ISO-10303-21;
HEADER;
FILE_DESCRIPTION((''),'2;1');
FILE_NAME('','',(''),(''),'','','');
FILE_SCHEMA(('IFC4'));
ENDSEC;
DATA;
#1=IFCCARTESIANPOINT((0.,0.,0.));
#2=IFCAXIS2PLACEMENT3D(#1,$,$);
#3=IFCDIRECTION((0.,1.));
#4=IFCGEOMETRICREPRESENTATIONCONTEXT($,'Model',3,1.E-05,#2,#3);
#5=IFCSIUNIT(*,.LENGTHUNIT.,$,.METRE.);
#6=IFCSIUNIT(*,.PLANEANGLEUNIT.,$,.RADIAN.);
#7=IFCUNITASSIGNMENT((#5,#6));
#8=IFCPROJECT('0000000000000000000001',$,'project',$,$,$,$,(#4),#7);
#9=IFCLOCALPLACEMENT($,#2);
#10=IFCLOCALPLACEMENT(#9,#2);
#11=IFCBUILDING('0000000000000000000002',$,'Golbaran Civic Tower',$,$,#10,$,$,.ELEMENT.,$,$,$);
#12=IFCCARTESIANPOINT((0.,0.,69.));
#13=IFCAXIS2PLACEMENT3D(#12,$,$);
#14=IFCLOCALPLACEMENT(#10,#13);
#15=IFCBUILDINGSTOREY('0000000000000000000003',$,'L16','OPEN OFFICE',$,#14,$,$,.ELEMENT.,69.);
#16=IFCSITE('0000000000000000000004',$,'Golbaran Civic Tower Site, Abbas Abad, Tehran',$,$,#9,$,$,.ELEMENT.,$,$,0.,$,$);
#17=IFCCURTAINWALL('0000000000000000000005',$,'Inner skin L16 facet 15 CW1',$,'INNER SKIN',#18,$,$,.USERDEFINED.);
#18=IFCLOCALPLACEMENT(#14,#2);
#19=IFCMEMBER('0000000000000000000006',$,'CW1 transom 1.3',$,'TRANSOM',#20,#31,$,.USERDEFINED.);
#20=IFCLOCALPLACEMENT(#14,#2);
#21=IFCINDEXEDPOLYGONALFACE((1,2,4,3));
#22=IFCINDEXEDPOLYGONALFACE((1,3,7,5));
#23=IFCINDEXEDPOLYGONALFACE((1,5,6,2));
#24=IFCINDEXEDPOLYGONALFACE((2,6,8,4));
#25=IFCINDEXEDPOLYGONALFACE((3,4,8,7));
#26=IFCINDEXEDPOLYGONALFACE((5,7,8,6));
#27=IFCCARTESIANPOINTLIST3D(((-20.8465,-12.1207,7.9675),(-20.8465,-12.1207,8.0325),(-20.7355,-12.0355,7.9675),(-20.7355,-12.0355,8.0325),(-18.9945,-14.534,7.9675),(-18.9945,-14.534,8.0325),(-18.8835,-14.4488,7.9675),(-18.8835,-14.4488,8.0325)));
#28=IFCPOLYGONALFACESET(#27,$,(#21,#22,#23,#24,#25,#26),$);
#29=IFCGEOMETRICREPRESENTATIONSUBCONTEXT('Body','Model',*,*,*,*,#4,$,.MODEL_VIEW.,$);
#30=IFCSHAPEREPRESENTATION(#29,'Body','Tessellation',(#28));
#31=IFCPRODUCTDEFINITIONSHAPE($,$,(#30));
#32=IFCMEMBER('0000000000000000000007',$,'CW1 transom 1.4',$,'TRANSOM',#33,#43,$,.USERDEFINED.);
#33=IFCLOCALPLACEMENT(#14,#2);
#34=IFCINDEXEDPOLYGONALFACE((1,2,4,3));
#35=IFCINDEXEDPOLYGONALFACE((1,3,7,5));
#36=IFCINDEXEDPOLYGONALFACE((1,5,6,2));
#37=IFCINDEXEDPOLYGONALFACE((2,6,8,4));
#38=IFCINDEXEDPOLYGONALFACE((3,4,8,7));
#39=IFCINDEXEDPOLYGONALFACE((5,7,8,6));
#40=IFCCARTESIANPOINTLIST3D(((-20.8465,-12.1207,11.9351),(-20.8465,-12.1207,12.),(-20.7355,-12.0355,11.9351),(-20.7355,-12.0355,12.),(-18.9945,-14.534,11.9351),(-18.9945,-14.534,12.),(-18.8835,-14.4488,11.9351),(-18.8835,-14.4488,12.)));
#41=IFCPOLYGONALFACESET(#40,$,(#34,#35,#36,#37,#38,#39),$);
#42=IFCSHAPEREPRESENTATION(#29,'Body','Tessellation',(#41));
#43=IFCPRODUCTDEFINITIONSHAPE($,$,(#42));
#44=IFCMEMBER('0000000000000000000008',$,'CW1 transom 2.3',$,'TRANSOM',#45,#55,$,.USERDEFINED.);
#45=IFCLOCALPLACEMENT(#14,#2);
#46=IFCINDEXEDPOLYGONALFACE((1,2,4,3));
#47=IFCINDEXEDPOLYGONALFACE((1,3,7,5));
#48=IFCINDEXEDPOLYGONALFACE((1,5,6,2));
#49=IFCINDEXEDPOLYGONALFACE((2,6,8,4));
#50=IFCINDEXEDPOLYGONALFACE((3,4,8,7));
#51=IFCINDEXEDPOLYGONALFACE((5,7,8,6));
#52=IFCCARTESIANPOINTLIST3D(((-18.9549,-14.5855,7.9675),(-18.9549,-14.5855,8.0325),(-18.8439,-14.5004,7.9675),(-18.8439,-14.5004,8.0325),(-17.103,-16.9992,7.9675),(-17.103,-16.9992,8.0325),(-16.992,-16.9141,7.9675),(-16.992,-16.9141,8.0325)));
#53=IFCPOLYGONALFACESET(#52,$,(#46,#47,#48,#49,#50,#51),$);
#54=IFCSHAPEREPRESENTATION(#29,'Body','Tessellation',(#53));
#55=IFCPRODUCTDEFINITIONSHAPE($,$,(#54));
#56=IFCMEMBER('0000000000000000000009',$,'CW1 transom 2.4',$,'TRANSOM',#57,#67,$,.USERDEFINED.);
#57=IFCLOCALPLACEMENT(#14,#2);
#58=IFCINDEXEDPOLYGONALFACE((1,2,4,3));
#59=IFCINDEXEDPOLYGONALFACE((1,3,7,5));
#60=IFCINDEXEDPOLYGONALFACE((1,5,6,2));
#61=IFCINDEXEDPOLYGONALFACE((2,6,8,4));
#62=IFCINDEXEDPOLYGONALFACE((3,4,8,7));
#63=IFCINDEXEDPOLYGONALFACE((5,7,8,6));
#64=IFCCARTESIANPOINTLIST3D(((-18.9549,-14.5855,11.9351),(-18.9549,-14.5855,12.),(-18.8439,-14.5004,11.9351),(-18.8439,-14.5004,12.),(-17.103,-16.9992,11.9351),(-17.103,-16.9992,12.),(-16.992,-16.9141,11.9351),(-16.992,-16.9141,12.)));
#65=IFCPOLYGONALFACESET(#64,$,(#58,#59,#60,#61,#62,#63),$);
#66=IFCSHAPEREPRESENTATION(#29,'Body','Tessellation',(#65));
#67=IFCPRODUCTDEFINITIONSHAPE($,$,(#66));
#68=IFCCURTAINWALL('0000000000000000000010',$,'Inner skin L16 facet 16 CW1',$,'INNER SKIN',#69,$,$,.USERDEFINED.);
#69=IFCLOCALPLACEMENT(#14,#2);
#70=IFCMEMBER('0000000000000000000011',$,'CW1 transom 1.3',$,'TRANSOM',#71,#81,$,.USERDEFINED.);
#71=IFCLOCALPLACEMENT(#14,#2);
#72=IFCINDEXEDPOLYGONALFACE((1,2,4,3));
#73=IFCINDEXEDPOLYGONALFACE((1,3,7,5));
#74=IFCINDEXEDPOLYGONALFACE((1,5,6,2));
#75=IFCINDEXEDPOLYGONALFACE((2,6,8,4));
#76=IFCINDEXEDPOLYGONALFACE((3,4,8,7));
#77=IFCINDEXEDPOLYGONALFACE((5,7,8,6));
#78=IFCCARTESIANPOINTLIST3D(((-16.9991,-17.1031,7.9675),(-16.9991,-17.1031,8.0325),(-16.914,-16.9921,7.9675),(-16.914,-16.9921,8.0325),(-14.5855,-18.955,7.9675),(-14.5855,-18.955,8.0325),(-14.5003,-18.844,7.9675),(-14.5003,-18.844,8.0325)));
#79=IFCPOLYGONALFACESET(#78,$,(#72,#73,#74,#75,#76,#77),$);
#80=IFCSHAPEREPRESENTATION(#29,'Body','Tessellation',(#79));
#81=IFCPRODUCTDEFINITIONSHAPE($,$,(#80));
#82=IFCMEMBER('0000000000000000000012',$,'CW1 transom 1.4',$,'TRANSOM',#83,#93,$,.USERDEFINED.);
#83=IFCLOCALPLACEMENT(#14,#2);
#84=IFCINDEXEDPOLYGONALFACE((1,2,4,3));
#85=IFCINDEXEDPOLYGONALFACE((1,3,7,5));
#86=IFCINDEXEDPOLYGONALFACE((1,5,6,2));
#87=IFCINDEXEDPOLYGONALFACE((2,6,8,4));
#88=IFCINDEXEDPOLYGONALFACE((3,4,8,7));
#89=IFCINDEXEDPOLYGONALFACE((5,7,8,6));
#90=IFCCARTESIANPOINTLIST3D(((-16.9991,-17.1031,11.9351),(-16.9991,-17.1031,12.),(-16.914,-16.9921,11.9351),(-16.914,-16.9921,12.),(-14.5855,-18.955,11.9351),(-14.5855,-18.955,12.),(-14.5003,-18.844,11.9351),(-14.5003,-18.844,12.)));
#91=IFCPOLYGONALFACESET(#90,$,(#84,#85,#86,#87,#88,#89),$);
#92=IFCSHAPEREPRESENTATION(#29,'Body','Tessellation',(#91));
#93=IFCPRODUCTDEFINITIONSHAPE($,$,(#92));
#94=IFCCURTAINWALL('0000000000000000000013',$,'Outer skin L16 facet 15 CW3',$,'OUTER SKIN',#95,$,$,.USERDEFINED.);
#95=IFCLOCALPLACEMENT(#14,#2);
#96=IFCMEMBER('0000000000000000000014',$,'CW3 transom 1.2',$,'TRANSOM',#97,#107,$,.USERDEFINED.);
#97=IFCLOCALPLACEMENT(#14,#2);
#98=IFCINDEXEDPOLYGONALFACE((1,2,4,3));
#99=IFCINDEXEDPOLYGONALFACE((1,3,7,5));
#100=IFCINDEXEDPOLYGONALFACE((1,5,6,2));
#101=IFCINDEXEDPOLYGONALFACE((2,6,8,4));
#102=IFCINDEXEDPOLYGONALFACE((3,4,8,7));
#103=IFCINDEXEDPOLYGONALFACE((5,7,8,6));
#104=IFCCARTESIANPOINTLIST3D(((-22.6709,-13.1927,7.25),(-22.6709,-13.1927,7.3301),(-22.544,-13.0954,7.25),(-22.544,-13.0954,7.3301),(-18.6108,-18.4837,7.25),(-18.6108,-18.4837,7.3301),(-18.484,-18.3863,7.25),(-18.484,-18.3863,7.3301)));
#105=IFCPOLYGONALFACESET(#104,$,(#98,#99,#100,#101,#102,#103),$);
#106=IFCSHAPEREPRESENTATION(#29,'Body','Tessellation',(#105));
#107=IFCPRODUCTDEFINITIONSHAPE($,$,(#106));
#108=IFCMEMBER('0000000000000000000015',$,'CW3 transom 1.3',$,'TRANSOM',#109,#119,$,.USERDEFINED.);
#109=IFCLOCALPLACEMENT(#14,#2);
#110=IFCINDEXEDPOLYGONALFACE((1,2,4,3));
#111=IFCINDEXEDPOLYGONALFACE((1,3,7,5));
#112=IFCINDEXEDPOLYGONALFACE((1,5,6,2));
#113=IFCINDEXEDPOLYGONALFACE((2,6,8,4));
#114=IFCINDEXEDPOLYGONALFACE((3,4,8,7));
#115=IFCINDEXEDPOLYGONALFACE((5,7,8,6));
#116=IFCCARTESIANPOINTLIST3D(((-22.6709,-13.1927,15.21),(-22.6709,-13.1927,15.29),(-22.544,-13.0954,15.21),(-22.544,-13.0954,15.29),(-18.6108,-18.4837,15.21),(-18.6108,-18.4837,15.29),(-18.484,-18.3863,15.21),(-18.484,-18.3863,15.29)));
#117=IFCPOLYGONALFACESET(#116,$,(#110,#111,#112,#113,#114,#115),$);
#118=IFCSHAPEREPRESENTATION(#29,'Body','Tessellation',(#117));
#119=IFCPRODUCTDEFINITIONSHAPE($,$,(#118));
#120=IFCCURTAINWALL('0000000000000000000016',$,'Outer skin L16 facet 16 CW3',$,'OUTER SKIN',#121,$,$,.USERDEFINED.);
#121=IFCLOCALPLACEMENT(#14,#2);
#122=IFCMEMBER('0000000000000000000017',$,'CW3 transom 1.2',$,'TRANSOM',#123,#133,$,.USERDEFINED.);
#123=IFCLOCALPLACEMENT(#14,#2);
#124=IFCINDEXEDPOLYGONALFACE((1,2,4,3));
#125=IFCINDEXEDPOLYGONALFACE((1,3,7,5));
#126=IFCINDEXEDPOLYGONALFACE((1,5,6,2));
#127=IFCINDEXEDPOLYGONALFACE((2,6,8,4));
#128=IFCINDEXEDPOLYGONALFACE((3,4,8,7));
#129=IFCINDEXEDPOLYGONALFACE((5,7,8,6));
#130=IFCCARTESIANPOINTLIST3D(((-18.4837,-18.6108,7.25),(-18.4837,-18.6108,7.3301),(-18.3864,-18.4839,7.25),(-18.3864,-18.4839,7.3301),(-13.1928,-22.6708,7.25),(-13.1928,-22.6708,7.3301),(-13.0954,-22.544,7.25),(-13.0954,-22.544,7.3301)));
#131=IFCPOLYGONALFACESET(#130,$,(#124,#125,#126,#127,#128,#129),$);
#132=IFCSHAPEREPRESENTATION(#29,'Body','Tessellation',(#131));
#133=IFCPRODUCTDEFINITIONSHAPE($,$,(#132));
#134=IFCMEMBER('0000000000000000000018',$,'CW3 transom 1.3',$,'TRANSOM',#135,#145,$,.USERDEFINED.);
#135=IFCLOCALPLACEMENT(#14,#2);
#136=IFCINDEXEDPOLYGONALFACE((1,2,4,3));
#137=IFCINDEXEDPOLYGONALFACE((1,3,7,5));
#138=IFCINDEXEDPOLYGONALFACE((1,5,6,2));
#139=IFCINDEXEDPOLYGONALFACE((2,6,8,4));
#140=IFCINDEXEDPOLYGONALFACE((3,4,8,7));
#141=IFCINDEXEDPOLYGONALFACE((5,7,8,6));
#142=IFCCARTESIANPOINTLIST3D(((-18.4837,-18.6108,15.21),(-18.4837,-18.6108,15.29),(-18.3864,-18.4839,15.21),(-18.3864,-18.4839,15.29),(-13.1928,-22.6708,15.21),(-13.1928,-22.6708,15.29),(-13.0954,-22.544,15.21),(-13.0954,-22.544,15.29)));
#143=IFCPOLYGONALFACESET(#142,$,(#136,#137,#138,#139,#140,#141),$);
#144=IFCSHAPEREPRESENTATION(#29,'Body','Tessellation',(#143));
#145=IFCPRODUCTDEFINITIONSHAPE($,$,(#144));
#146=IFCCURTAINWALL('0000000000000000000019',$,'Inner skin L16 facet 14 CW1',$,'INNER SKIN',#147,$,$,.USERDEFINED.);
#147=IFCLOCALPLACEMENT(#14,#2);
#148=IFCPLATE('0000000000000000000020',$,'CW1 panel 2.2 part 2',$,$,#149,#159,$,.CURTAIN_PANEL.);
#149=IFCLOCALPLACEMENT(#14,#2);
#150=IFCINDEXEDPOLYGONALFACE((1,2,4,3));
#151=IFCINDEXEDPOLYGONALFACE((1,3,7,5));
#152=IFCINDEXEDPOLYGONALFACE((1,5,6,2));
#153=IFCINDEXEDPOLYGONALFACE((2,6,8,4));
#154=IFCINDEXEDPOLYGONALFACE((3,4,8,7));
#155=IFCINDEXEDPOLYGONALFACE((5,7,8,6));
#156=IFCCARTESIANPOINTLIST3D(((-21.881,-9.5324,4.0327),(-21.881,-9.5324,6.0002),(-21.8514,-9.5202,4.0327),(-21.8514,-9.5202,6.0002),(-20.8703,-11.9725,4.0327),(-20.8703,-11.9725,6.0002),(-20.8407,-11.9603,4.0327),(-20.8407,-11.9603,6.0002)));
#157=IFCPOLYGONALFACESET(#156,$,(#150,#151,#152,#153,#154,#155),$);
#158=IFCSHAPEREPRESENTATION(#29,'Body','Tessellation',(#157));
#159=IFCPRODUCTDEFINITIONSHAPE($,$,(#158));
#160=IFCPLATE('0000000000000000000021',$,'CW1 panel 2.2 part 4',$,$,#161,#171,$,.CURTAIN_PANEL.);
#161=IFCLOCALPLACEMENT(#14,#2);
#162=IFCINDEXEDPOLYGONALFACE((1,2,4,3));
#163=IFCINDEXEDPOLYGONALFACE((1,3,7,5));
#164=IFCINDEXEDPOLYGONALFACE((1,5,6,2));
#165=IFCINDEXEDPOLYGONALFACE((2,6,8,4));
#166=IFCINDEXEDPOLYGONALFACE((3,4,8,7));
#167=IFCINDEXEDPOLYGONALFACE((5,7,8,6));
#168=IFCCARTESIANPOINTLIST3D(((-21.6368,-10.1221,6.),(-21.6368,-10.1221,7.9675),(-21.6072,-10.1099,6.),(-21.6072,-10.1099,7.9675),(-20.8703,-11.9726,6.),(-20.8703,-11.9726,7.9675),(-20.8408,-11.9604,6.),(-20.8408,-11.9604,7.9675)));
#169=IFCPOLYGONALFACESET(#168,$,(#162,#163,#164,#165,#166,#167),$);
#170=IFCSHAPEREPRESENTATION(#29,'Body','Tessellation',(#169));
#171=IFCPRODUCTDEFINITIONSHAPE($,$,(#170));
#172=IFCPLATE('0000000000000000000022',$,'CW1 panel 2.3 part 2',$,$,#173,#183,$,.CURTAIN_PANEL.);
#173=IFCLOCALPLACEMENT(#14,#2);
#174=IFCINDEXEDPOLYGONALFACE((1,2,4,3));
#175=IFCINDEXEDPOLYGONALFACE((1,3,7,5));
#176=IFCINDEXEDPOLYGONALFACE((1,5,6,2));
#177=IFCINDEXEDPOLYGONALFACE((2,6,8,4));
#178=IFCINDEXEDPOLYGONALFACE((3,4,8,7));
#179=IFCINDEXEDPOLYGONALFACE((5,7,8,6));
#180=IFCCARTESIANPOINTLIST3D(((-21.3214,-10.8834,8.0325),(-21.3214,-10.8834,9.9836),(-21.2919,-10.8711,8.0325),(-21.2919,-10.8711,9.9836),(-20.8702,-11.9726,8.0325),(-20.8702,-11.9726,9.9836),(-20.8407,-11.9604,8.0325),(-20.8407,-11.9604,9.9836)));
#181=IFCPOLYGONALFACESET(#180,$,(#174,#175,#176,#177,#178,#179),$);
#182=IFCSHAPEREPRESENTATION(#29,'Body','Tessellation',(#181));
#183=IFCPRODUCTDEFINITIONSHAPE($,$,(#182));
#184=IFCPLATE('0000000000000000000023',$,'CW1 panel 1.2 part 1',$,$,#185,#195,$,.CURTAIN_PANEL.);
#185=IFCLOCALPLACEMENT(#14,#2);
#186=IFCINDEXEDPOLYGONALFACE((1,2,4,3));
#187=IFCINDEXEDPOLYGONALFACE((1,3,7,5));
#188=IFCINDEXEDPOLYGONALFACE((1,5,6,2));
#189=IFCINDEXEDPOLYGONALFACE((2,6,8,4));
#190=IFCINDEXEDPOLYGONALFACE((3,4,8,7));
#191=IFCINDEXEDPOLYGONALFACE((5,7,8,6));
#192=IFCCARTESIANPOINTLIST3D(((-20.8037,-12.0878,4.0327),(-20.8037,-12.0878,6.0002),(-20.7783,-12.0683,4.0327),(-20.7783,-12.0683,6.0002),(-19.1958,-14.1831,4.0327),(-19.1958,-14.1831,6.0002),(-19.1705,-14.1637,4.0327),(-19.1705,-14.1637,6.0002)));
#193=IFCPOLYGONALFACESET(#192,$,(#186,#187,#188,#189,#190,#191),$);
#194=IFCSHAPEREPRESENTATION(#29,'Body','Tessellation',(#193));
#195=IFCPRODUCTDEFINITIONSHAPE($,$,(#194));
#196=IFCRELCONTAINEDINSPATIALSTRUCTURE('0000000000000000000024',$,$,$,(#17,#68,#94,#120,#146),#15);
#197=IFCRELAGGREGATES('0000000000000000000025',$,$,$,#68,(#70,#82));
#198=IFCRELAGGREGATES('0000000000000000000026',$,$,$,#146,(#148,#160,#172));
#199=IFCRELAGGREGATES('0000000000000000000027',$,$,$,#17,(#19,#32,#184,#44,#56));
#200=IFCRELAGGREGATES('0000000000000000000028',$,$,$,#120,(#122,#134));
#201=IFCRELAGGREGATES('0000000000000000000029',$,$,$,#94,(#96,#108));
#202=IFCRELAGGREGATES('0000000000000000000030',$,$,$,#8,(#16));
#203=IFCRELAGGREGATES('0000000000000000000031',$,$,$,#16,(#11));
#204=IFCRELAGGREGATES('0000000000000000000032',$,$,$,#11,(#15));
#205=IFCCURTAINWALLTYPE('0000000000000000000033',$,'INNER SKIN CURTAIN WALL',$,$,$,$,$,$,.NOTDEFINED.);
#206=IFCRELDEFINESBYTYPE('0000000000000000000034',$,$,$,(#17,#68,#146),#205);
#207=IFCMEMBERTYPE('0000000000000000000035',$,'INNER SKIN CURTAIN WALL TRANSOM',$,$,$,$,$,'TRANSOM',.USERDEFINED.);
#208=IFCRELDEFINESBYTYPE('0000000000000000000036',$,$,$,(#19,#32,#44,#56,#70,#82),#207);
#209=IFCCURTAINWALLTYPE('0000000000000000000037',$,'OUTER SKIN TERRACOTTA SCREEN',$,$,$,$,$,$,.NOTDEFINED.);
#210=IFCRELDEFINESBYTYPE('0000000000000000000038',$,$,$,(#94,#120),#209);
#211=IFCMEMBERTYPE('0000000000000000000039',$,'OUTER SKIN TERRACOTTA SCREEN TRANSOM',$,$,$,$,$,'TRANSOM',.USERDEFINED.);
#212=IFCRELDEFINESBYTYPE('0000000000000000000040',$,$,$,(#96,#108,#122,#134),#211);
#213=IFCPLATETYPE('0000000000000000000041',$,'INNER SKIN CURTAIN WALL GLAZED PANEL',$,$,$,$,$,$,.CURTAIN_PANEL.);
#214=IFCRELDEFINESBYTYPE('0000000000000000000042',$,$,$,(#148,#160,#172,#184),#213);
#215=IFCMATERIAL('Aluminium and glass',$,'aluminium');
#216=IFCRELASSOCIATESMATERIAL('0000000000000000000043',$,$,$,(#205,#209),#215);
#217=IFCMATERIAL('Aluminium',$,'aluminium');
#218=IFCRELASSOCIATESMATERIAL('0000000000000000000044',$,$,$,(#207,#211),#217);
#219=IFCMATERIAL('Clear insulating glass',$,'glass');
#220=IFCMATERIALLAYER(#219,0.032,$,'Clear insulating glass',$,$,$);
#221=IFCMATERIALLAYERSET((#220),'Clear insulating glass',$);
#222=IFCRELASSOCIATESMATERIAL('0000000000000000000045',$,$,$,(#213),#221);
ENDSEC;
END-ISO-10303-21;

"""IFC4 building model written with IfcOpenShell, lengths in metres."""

from ifc_helpers import new_model, si_unit, direction, frame, origin, origin_2d, place, context, subcontext, project, spatial, rectangle, extrude, material, layer, layer_set, material_profile, profile_set, type_object, element, aggregate, save


model = new_model("IFC4")

# Units and contexts
model_context = context("Model", 3, precision=1e-05, world=origin(), true_north=direction((0.0, 1.0)))
body_context = subcontext(model_context, "Body", "Model", "MODEL_VIEW")
ifc_project = project(units=[si_unit("LENGTHUNIT", "METRE"), si_unit("PLANEANGLEUNIT", "RADIAN")], contexts=[model_context])

# Site, building, storey
site_placement = place(None, origin())
site = spatial("IfcSite", under=ifc_project, at=site_placement, Name="Golbaran Civic Tower Site, Abbas Abad, Tehran", CompositionType="ELEMENT", RefElevation=0.0)
building_placement = place(site_placement, origin())
building = spatial("IfcBuilding", under=site, at=building_placement, Name="Golbaran Civic Tower", CompositionType="ELEMENT")
storey_placement = place(building_placement, frame((0.0, 0.0, 69.0)))
storey = spatial("IfcBuildingStorey", under=building, at=storey_placement, Name="L16", Description="OPEN OFFICE", CompositionType="ELEMENT", Elevation=69.0)

# Curtain walls, members
ifc_material_1 = material(Name="Aluminium and glass", Category="aluminium")
curtain_wall_type_1 = type_object("IfcCurtainWallType", Name="INNER SKIN CURTAIN WALL", PredefinedType="NOTDEFINED", material=ifc_material_1)
curtain_wall_1_placement = place(storey_placement, origin())
curtain_wall_1 = element("IfcCurtainWall", 1, at=curtain_wall_1_placement, inside=storey, type_object=curtain_wall_type_1, Name="Inner skin L16 facet 15 CW1", ObjectType="INNER SKIN", PredefinedType="USERDEFINED")
ifc_material_2 = material(Name="Aluminium", Category="aluminium")
ifc_material_profile_1 = material_profile(ifc_material_2, rectangle(XDim=0.1399, YDim=0.0649, at=origin_2d()), Name="INNER SKIN CURTAIN WALL TRANSOM")
ifc_profile_set_1 = profile_set([ifc_material_profile_1], Name="Aluminium")
member_type_1 = type_object("IfcMemberType", Name="INNER SKIN CURTAIN WALL TRANSOM", ElementType="TRANSOM", PredefinedType="USERDEFINED", material=ifc_profile_set_1)
member_1_placement = place(storey_placement, frame((-20.791, -12.0781, 8.0), z_axis=(0.608811, -0.793316, 0.0), x_axis=(0.793316, 0.608811, 0.0)))
member_1 = element("IfcMember", 2, at=member_1_placement, type_object=member_type_1, Name="CW1 transom 1.3", ObjectType="TRANSOM", PredefinedType="USERDEFINED", context=body_context, shape_type="SweptSolid", body=[
    extrude(rectangle(XDim=0.1399, YDim=0.0649, at=origin_2d()), origin(), (0.0, 0.0, 1.0), 3.042),
])
member_2_placement = place(storey_placement, frame((-20.791, -12.0781, 11.9675), z_axis=(0.608811, -0.793316, 0.0), x_axis=(0.793316, 0.608811, 0.0)))
member_2 = element("IfcMember", 3, at=member_2_placement, type_object=member_type_1, Name="CW1 transom 1.4", ObjectType="TRANSOM", PredefinedType="USERDEFINED", context=body_context, shape_type="SweptSolid", body=[
    extrude(rectangle(XDim=0.1399, YDim=0.0649, at=origin_2d()), origin(), (0.0, 0.0, 1.0), 3.042),
])
member_3_placement = place(storey_placement, frame((-18.8994, -14.543, 8.0), z_axis=(0.608721, -0.793384, 0.0), x_axis=(0.793384, 0.608721, 0.0)))
member_3 = element("IfcMember", 4, at=member_3_placement, type_object=member_type_1, Name="CW1 transom 2.3", ObjectType="TRANSOM", PredefinedType="USERDEFINED", context=body_context, shape_type="SweptSolid", body=[
    extrude(rectangle(XDim=0.1399, YDim=0.0649, at=origin_2d()), origin(), (0.0, 0.0, 1.0), 3.0422),
])
member_4_placement = place(storey_placement, frame((-18.8994, -14.543, 11.9675), z_axis=(0.608721, -0.793384, 0.0), x_axis=(0.793384, 0.608721, 0.0)))
member_4 = element("IfcMember", 5, at=member_4_placement, type_object=member_type_1, Name="CW1 transom 2.4", ObjectType="TRANSOM", PredefinedType="USERDEFINED", context=body_context, shape_type="SweptSolid", body=[
    extrude(rectangle(XDim=0.1399, YDim=0.0649, at=origin_2d()), origin(), (0.0, 0.0, 1.0), 3.0422),
])
curtain_wall_2_placement = place(storey_placement, origin())
curtain_wall_2 = element("IfcCurtainWall", 6, at=curtain_wall_2_placement, inside=storey, type_object=curtain_wall_type_1, Name="Inner skin L16 facet 16 CW1", ObjectType="INNER SKIN", PredefinedType="USERDEFINED")
member_5_placement = place(storey_placement, frame((-16.9565, -17.0476, 8.0), z_axis=(0.793384, -0.608721, 0.0), x_axis=(0.608721, 0.793384, 0.0)))
member_5 = element("IfcMember", 7, at=member_5_placement, type_object=member_type_1, Name="CW1 transom 1.3", ObjectType="TRANSOM", PredefinedType="USERDEFINED", context=body_context, shape_type="SweptSolid", body=[
    extrude(rectangle(XDim=0.1399, YDim=0.0649, at=origin_2d()), origin(), (0.0, 0.0, 1.0), 3.0422),
])
member_6_placement = place(storey_placement, frame((-16.9565, -17.0476, 11.9675), z_axis=(0.793384, -0.608721, 0.0), x_axis=(0.608721, 0.793384, 0.0)))
member_6 = element("IfcMember", 8, at=member_6_placement, type_object=member_type_1, Name="CW1 transom 1.4", ObjectType="TRANSOM", PredefinedType="USERDEFINED", context=body_context, shape_type="SweptSolid", body=[
    extrude(rectangle(XDim=0.1399, YDim=0.0649, at=origin_2d()), origin(), (0.0, 0.0, 1.0), 3.0422),
])
aggregate(curtain_wall_2, [member_5, member_6])
curtain_wall_type_2 = type_object("IfcCurtainWallType", Name="OUTER SKIN TERRACOTTA SCREEN", PredefinedType="NOTDEFINED", material=ifc_material_1)
curtain_wall_3_placement = place(storey_placement, origin())
curtain_wall_3 = element("IfcCurtainWall", 9, at=curtain_wall_3_placement, inside=storey, type_object=curtain_wall_type_2, Name="Outer skin L16 facet 15 CW3", ObjectType="OUTER SKIN", PredefinedType="USERDEFINED")
ifc_material_profile_2 = material_profile(ifc_material_2, rectangle(XDim=0.1599, YDim=0.0801, at=origin_2d()), Name="OUTER SKIN TERRACOTTA SCREEN TRANSOM")
ifc_profile_set_2 = profile_set([ifc_material_profile_2], Name="Aluminium")
member_type_2 = type_object("IfcMemberType", Name="OUTER SKIN TERRACOTTA SCREEN TRANSOM", ElementType="TRANSOM", PredefinedType="USERDEFINED", material=ifc_profile_set_2)
member_7_placement = place(storey_placement, frame((-22.6074, -13.144, 7.29), z_axis=(0.608773, -0.793345, 0.0), x_axis=(0.793345, 0.608773, 0.0)))
member_7 = element("IfcMember", 10, at=member_7_placement, type_object=member_type_2, Name="CW3 transom 1.2", ObjectType="TRANSOM", PredefinedType="USERDEFINED", context=body_context, shape_type="SweptSolid", body=[
    extrude(rectangle(XDim=0.1599, YDim=0.0801, at=origin_2d()), origin(), (0.0, 0.0, 1.0), 6.6692),
])
member_8_placement = place(storey_placement, frame((-22.6074, -13.144, 15.25), z_axis=(0.608773, -0.793345, 0.0), x_axis=(0.793345, 0.608773, 0.0)))
member_8 = element("IfcMember", 11, at=member_8_placement, type_object=member_type_2, Name="CW3 transom 1.3", ObjectType="TRANSOM", PredefinedType="USERDEFINED", context=body_context, shape_type="SweptSolid", body=[
    extrude(rectangle(XDim=0.1599, YDim=0.0801, at=origin_2d()), origin(), (0.0, 0.0, 1.0), 6.6692),
])
curtain_wall_4_placement = place(storey_placement, origin())
curtain_wall_4 = element("IfcCurtainWall", 12, at=curtain_wall_4_placement, inside=storey, type_object=curtain_wall_type_2, Name="Outer skin L16 facet 16 CW3", ObjectType="OUTER SKIN", PredefinedType="USERDEFINED")
member_9_placement = place(storey_placement, frame((-18.4351, -18.5474, 7.29), z_axis=(0.793345, -0.608773, 0.0), x_axis=(0.608773, 0.793345, 0.0)))
member_9 = element("IfcMember", 13, at=member_9_placement, type_object=member_type_2, Name="CW3 transom 1.2", ObjectType="TRANSOM", PredefinedType="USERDEFINED", context=body_context, shape_type="SweptSolid", body=[
    extrude(rectangle(XDim=0.1599, YDim=0.0801, at=origin_2d()), origin(), (0.0, 0.0, 1.0), 6.6692),
])
member_10_placement = place(storey_placement, frame((-18.4351, -18.5474, 15.25), z_axis=(0.793345, -0.608773, 0.0), x_axis=(0.608773, 0.793345, 0.0)))
member_10 = element("IfcMember", 14, at=member_10_placement, type_object=member_type_2, Name="CW3 transom 1.3", ObjectType="TRANSOM", PredefinedType="USERDEFINED", context=body_context, shape_type="SweptSolid", body=[
    extrude(rectangle(XDim=0.1599, YDim=0.0801, at=origin_2d()), origin(), (0.0, 0.0, 1.0), 6.6692),
])

# Curtain wall, plates
curtain_wall_5_placement = place(storey_placement, origin())
curtain_wall_5 = element("IfcCurtainWall", 15, at=curtain_wall_5_placement, inside=storey, type_object=curtain_wall_type_1, Name="Inner skin L16 facet 14 CW1", ObjectType="INNER SKIN", PredefinedType="USERDEFINED")
ifc_material_3 = material(Name="Clear insulating glass", Category="glass")
ifc_layer_1 = layer(ifc_material_3, 0.032, Name="Clear insulating glass")
ifc_layer_set_1 = layer_set([ifc_layer_1], Name="Clear insulating glass")
plate_type_1 = type_object("IfcPlateType", Name="INNER SKIN CURTAIN WALL GLAZED PANEL", PredefinedType="CURTAIN_PANEL", material=ifc_layer_set_1)
plate_1_placement = place(storey_placement, frame((-21.3608, -10.7463, 4.0327), z_axis=(0.0, 0.0, 1.0), x_axis=(0.382683, -0.92388, 0.0)))
plate_1 = element("IfcPlate", 16, at=plate_1_placement, type_object=plate_type_1, Name="CW1 panel 2.2 part 2", PredefinedType="CURTAIN_PANEL", context=body_context, shape_type="SweptSolid", body=[
    extrude(rectangle(XDim=2.6411, YDim=0.032, at=origin_2d()), origin(), (0.0, 0.0, 1.0), 1.9675),
])
plate_2_placement = place(storey_placement, frame((-21.2388, -11.0413, 6.0), z_axis=(0.0, 0.0, 1.0), x_axis=(0.382683, -0.92388, 0.0)))
plate_2 = element("IfcPlate", 17, at=plate_2_placement, type_object=plate_type_1, Name="CW1 panel 2.2 part 4", PredefinedType="CURTAIN_PANEL", context=body_context, shape_type="SweptSolid", body=[
    extrude(rectangle(XDim=2.0029, YDim=0.032, at=origin_2d()), origin(), (0.0, 0.0, 1.0), 1.9675),
])
plate_3_placement = place(storey_placement, frame((-21.0811, -11.4219, 8.0325), z_axis=(0.0, 0.0, 1.0), x_axis=(0.382683, -0.92388, 0.0)))
plate_3 = element("IfcPlate", 18, at=plate_3_placement, type_object=plate_type_1, Name="CW1 panel 2.3 part 2", PredefinedType="CURTAIN_PANEL", context=body_context, shape_type="SweptSolid", body=[
    extrude(rectangle(XDim=1.179, YDim=0.032, at=origin_2d()), origin(), (0.0, 0.0, 1.0), 1.9512),
])

# Plate
plate_4_placement = place(storey_placement, frame((-19.9871, -13.1257, 4.0327), z_axis=(0.0, 0.0, 1.0), x_axis=(0.608761, -0.793353, 0.0)))
plate_4 = element("IfcPlate", 19, at=plate_4_placement, type_object=plate_type_1, Name="CW1 panel 1.2 part 1", PredefinedType="CURTAIN_PANEL", context=body_context, shape_type="SweptSolid", body=[
    extrude(rectangle(XDim=2.6411, YDim=0.032, at=origin_2d()), origin(), (0.0, 0.0, 1.0), 1.9675),
])
aggregate(curtain_wall_5, [plate_1, plate_2, plate_3])
aggregate(curtain_wall_1, [member_1, member_2, plate_4, member_3, member_4])

aggregate(curtain_wall_4, [member_9, member_10])
aggregate(curtain_wall_3, [member_7, member_8])

save(model, "model.ifc")
